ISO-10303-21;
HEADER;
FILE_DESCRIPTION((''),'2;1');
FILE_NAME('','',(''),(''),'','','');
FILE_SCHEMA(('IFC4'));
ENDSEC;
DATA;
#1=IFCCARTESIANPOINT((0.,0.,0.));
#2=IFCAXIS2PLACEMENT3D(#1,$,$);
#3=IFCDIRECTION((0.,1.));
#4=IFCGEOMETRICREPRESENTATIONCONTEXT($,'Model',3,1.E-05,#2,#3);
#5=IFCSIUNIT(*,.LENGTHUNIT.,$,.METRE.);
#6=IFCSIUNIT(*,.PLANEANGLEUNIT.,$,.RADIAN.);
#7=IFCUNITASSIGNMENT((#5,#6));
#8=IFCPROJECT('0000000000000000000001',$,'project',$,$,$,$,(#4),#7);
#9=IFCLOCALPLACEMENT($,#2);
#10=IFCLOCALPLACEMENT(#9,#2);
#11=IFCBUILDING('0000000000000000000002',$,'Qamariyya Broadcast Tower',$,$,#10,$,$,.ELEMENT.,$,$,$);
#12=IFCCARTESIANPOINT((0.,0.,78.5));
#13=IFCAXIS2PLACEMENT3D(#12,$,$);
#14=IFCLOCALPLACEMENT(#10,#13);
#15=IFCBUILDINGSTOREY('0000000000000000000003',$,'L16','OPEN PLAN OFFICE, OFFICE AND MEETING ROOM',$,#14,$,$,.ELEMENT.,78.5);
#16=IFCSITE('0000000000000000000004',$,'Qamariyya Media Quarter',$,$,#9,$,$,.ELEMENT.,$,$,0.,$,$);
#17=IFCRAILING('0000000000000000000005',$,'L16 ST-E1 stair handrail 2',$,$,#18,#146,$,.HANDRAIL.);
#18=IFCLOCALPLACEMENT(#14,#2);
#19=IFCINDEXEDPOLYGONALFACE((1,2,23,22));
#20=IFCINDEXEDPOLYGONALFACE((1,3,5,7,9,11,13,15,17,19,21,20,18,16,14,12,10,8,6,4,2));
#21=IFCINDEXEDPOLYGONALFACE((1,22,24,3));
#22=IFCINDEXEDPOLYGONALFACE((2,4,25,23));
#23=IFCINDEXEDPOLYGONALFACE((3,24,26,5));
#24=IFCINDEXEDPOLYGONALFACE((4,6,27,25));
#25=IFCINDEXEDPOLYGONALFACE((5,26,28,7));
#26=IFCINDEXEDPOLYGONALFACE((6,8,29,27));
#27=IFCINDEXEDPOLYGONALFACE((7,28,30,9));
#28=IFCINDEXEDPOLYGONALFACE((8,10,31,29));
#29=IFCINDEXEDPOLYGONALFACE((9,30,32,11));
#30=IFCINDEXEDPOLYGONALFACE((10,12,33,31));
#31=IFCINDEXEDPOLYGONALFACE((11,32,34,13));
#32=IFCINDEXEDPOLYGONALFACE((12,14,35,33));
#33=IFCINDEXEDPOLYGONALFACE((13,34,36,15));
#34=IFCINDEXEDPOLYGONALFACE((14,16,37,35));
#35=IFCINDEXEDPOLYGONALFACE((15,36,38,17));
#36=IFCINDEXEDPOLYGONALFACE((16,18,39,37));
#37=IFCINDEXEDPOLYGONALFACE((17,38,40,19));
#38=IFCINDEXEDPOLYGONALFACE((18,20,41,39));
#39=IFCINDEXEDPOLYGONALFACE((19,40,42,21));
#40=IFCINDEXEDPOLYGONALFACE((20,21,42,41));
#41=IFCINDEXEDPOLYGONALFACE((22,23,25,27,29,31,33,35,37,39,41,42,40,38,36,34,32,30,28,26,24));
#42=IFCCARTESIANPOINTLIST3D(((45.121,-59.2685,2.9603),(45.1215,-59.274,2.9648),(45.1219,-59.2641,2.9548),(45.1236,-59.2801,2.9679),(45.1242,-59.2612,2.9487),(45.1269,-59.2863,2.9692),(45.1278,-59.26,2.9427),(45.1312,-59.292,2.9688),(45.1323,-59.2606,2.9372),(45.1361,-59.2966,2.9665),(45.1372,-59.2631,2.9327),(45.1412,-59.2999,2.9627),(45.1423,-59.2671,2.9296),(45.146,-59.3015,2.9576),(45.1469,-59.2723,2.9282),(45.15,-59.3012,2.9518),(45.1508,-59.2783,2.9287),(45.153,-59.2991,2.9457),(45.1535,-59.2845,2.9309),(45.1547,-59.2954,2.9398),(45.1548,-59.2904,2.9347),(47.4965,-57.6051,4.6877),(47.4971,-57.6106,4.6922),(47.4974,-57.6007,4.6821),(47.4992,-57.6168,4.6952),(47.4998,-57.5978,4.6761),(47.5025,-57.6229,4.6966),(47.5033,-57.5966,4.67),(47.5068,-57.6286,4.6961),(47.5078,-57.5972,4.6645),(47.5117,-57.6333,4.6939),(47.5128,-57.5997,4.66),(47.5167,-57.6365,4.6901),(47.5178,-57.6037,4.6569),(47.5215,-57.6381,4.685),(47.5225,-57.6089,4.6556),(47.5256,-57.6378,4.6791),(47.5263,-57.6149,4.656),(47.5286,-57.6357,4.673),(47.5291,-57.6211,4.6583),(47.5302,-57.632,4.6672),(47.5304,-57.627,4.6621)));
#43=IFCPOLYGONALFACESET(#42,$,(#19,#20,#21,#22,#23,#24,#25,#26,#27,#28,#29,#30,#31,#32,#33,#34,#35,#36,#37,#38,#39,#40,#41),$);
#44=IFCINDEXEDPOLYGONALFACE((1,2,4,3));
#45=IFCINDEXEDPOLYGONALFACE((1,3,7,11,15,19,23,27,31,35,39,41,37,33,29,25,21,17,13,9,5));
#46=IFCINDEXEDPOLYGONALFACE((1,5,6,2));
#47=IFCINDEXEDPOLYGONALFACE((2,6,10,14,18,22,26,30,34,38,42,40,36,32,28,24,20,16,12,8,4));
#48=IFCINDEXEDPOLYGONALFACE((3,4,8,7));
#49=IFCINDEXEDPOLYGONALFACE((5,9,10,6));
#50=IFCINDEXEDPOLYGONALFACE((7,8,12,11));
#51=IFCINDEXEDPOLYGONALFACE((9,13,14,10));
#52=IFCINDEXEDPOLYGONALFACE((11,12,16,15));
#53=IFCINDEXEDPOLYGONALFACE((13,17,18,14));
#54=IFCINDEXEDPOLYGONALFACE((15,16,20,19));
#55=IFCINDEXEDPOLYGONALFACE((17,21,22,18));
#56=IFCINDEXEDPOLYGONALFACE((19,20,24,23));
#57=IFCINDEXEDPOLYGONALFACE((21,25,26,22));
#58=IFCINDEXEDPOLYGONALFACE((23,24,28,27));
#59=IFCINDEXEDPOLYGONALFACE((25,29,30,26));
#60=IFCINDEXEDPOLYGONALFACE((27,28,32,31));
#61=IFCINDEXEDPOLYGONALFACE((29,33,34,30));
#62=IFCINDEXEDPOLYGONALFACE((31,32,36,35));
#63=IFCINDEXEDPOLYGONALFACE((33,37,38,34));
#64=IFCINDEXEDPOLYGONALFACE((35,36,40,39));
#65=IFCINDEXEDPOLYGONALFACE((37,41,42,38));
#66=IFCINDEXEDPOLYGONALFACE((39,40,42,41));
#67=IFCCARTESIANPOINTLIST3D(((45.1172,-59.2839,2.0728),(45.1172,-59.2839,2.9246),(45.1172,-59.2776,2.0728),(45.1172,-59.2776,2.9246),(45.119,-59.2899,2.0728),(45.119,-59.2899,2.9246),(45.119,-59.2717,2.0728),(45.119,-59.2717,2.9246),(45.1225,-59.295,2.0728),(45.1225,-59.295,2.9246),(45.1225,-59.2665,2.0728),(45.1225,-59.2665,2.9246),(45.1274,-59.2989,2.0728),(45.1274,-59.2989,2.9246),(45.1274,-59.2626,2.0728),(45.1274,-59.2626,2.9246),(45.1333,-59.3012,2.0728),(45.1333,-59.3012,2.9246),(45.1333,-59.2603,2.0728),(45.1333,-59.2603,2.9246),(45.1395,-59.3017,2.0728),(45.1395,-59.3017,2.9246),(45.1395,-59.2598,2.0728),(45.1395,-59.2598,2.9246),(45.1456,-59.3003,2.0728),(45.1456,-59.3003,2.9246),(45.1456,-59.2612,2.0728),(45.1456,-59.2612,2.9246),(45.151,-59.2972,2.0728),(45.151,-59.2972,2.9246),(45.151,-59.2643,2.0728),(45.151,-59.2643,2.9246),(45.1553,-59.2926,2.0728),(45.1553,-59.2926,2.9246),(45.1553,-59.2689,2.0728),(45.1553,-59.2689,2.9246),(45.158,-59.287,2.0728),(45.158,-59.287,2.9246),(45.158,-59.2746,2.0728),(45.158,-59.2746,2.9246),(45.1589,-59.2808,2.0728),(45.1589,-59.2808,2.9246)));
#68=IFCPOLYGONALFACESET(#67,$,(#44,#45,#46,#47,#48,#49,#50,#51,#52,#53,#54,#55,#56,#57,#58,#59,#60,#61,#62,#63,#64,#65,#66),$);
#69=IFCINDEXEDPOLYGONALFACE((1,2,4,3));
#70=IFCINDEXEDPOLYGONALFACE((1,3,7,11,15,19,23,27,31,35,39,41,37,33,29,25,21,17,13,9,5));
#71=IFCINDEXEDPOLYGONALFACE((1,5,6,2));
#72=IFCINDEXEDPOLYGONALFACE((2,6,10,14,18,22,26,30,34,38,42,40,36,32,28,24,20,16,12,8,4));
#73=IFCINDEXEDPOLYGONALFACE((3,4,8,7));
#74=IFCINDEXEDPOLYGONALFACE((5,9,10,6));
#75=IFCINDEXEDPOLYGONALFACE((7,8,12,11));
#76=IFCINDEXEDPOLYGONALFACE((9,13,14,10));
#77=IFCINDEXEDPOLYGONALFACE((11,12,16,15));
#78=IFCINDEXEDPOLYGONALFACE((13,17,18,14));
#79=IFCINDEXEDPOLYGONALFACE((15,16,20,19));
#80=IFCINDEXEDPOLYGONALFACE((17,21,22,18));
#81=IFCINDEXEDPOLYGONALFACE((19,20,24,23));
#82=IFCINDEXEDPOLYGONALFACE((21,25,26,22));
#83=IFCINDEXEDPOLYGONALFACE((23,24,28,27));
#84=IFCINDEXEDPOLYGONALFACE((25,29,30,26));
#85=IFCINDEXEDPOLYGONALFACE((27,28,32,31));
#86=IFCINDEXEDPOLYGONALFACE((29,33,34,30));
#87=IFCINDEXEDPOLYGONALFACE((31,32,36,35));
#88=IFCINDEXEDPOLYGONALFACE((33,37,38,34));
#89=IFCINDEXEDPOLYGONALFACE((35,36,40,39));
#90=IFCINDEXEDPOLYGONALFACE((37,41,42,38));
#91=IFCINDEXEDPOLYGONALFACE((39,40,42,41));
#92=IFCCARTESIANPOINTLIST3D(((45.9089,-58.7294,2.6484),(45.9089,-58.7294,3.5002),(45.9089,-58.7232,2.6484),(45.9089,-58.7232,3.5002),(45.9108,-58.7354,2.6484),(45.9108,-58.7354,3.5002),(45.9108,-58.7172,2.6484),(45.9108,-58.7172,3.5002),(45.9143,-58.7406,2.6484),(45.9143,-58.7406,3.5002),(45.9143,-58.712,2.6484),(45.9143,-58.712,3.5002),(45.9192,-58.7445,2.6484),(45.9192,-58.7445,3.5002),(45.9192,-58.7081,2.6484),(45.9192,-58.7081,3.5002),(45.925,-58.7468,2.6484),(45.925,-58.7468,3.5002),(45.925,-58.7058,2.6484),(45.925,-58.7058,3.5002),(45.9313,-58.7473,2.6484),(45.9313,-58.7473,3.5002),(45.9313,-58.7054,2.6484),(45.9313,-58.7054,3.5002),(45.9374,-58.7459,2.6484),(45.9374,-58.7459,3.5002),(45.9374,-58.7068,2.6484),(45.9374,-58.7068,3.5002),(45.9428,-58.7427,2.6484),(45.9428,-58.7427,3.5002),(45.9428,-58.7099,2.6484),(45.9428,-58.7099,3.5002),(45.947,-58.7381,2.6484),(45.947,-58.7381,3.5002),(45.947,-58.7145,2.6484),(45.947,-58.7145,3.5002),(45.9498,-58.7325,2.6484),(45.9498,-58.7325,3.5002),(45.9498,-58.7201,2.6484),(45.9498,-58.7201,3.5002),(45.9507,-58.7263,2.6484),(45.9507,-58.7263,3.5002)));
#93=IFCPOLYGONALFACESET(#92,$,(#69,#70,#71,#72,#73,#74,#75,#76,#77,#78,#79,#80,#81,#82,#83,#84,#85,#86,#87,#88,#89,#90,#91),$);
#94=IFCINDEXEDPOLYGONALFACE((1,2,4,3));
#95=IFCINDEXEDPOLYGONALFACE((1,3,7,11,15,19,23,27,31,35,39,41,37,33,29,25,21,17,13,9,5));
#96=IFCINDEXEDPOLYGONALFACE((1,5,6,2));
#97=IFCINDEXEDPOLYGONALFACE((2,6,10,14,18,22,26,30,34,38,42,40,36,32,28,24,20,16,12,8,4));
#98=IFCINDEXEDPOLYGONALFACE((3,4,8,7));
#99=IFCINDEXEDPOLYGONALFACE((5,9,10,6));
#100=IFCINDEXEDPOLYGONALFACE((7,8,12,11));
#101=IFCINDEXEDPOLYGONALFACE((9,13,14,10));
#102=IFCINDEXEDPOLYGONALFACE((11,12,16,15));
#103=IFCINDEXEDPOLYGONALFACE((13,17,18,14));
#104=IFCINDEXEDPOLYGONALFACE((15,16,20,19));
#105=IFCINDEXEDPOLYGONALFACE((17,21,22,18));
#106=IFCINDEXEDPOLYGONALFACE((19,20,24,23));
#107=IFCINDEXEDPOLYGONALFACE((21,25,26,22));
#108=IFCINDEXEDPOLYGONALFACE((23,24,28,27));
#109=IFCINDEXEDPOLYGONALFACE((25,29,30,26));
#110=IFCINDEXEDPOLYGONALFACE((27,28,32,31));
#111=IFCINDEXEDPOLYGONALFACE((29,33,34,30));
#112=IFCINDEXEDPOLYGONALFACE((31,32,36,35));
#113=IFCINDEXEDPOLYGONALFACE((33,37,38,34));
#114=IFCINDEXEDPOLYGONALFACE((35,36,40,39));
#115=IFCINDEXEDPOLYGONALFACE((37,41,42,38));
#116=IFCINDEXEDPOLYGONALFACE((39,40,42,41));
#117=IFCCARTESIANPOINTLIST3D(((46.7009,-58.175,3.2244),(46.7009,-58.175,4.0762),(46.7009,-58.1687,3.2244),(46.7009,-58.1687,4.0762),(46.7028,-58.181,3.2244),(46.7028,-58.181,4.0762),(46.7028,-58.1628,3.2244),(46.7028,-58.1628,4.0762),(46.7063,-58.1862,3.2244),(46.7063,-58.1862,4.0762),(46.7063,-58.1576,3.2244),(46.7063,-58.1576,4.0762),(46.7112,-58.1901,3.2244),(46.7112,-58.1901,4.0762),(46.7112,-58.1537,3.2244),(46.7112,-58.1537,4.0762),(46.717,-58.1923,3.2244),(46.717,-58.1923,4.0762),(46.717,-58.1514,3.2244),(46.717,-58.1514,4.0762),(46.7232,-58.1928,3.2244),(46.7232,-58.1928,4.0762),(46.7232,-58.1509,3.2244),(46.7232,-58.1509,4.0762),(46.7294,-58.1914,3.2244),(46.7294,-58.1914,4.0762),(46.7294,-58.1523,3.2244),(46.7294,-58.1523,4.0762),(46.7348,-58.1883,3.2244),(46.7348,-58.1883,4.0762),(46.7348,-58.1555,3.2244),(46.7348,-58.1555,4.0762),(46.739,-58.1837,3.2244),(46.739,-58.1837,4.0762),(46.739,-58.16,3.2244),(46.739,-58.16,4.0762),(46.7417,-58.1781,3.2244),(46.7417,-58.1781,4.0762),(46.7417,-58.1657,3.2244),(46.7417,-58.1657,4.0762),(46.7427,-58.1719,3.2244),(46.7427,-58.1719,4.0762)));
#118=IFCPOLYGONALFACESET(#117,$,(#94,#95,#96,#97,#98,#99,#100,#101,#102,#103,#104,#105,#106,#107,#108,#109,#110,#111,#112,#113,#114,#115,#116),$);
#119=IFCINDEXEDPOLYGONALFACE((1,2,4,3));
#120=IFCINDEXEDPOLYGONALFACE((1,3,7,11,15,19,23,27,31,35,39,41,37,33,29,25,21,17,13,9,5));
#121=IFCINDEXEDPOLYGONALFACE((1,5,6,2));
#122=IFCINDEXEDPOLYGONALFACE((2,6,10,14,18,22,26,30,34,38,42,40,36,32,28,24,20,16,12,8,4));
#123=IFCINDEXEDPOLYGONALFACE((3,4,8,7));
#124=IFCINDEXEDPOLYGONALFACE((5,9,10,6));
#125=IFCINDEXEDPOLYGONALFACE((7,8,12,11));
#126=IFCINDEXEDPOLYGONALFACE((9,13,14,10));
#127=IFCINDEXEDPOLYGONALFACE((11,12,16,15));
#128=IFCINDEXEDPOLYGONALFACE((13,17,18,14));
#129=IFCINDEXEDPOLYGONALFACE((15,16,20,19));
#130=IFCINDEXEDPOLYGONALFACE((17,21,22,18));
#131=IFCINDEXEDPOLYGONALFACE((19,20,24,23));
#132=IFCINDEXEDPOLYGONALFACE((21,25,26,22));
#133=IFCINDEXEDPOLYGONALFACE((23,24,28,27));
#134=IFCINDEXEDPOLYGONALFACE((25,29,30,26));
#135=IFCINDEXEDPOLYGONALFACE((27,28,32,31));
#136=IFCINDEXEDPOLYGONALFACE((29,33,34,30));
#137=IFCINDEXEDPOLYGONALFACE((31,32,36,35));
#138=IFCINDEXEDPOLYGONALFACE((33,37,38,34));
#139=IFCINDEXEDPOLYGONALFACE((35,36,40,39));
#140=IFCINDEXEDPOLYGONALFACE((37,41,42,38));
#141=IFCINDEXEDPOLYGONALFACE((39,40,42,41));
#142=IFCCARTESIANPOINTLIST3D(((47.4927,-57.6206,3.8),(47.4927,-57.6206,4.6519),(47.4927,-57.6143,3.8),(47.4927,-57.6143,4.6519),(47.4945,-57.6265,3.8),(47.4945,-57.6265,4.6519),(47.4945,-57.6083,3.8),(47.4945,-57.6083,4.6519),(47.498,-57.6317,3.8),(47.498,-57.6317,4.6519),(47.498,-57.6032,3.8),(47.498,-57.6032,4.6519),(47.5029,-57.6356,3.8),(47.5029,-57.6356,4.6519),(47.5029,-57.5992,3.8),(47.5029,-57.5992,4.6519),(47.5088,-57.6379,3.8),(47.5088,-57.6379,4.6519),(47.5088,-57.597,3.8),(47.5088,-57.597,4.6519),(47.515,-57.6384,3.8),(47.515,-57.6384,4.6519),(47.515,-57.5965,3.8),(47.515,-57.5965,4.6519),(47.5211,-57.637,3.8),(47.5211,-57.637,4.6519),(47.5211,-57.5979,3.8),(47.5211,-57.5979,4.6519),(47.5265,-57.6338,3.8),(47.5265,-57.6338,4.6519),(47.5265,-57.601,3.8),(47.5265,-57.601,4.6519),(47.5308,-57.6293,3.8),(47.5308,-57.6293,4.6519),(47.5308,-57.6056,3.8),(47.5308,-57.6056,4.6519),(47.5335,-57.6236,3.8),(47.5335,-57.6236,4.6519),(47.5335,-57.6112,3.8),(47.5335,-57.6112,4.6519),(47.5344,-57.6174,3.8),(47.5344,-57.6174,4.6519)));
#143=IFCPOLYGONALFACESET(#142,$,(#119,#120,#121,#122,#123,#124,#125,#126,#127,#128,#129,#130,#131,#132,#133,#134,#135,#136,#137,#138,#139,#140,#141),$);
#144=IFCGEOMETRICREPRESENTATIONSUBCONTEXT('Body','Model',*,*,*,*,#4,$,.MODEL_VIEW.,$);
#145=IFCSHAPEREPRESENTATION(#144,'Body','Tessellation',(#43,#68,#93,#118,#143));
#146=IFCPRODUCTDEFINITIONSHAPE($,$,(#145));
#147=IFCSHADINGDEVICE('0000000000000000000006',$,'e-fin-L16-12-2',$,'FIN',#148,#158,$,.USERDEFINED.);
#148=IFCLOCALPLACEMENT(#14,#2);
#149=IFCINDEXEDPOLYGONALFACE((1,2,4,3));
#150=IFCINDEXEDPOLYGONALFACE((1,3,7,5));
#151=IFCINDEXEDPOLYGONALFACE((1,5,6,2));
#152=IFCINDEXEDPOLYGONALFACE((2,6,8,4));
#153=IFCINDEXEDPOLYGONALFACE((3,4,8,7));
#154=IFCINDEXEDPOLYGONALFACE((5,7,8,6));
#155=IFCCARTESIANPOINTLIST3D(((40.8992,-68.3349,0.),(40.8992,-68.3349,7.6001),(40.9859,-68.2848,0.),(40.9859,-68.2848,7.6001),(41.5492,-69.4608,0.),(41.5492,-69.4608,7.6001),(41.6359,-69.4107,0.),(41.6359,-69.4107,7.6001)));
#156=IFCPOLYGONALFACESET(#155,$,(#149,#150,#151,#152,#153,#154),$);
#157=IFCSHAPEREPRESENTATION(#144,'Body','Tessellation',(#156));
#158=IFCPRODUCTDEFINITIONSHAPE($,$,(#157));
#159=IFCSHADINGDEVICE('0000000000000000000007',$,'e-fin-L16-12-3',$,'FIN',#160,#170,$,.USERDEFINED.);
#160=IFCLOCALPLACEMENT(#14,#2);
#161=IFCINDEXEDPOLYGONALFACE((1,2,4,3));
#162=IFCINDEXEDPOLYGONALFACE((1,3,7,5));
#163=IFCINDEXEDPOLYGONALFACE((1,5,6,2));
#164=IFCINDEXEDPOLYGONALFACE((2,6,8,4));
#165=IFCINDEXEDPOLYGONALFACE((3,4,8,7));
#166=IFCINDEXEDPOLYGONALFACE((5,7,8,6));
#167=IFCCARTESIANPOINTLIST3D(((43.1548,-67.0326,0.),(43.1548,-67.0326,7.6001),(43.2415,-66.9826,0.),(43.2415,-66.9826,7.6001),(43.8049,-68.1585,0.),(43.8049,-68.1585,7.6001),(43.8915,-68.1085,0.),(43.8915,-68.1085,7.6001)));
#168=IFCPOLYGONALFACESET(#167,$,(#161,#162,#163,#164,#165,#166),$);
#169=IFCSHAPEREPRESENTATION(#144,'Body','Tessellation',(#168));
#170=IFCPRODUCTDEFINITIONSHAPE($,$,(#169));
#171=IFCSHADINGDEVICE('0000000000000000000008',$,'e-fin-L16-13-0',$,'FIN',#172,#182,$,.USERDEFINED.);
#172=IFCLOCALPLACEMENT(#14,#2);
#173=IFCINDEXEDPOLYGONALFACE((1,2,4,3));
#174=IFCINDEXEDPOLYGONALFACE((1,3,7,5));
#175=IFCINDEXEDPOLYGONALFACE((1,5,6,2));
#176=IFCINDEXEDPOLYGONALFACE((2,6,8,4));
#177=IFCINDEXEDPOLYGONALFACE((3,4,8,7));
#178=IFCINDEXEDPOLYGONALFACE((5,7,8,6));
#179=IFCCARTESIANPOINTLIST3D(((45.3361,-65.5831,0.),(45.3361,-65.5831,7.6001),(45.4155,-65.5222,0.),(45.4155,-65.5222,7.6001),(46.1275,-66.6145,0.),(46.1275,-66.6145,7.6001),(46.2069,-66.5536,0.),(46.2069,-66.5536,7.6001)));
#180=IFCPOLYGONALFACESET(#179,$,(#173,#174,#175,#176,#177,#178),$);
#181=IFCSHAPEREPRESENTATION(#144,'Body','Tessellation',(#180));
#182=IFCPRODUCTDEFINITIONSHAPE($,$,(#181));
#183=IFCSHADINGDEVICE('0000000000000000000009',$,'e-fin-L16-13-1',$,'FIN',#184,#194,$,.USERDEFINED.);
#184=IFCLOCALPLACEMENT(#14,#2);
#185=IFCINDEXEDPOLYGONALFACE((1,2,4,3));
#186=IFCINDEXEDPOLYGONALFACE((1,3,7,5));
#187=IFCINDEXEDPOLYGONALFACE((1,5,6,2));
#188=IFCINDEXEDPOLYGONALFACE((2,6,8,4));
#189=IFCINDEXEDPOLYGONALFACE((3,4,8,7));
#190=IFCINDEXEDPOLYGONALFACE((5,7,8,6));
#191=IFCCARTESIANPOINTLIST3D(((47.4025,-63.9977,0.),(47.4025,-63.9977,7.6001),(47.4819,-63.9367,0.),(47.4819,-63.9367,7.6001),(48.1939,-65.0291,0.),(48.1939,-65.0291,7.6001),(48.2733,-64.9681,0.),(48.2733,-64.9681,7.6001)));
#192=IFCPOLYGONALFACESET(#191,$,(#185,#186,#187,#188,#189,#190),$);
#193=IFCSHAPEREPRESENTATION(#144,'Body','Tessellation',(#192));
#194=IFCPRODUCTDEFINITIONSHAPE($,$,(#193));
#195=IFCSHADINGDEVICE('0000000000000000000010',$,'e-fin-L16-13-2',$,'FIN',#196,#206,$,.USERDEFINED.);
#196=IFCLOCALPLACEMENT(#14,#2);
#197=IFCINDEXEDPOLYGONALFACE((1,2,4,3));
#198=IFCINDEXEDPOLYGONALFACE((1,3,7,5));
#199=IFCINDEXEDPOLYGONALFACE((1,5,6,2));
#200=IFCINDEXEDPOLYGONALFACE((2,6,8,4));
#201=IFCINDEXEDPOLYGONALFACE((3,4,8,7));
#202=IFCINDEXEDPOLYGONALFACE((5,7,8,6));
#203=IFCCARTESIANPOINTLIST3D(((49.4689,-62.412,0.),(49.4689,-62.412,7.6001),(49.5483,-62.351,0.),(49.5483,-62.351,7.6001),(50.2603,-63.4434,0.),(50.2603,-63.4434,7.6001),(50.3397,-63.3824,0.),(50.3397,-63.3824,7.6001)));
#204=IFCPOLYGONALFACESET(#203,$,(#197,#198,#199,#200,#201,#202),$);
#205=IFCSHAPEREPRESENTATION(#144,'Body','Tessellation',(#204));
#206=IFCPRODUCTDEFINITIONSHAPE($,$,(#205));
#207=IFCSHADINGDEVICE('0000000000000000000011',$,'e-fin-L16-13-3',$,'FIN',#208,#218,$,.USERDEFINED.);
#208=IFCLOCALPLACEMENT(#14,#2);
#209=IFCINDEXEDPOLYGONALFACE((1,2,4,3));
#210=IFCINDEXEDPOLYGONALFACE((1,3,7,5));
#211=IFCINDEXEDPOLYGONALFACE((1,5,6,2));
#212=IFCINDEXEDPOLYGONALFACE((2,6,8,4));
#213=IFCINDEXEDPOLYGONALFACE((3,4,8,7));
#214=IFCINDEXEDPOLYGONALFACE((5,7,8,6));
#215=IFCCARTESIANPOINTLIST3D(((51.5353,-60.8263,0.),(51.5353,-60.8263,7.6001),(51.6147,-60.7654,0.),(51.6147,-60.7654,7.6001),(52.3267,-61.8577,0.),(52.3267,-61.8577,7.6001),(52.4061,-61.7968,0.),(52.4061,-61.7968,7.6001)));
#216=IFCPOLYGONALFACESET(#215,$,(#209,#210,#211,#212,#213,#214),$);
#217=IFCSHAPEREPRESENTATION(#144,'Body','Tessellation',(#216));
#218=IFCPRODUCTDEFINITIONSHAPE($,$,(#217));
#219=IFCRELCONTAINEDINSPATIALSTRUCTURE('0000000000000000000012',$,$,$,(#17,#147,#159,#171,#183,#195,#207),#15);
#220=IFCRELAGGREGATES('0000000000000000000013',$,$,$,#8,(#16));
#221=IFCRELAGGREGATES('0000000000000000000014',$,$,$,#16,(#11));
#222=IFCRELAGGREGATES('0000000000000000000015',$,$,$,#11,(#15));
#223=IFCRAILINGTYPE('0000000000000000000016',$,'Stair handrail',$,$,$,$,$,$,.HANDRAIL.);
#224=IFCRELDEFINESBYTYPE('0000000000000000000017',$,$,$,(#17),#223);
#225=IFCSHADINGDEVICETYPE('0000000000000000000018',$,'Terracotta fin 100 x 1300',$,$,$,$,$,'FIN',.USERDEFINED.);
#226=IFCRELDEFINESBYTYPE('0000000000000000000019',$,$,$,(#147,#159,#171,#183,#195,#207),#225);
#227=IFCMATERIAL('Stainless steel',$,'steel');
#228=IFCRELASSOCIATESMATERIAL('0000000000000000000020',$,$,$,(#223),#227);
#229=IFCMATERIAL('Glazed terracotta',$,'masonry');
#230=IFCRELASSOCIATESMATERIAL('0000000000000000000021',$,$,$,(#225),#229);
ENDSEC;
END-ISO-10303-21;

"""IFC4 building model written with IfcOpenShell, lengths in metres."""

from ifc_helpers import new_model, si_unit, direction, frame, origin, origin_2d, place, context, subcontext, project, spatial, rectangle, circle, extrude, material, material_profile, profile_set, type_object, element, save


model = new_model("IFC4")

# Units and contexts
model_context = context("Model", 3, precision=1e-05, world=origin(), true_north=direction((0.0, 1.0)))
body_context = subcontext(model_context, "Body", "Model", "MODEL_VIEW")
ifc_project = project(units=[si_unit("LENGTHUNIT", "METRE"), si_unit("PLANEANGLEUNIT", "RADIAN")], contexts=[model_context])

# Site, building, storey
site_placement = place(None, origin())
site = spatial("IfcSite", under=ifc_project, at=site_placement, Name="Qamariyya Media Quarter", CompositionType="ELEMENT", RefElevation=0.0)
building_placement = place(site_placement, origin())
building = spatial("IfcBuilding", under=site, at=building_placement, Name="Qamariyya Broadcast Tower", CompositionType="ELEMENT")
storey_placement = place(building_placement, frame((0.0, 0.0, 78.5)))
storey = spatial("IfcBuildingStorey", under=building, at=storey_placement, Name="L16", Description="OPEN PLAN OFFICE, OFFICE AND MEETING ROOM", CompositionType="ELEMENT", Elevation=78.5)

# Railing
ifc_material_1 = material(Name="Stainless steel", Category="steel")
railing_type_1 = type_object("IfcRailingType", Name="Stair handrail", PredefinedType="HANDRAIL", material=ifc_material_1)
railing_1_placement = place(storey_placement, frame((45.1379, -59.2808, 2.0728)))
element("IfcRailing", 1, at=railing_1_placement, inside=storey, type_object=railing_type_1, Name="L16 ST-E1 stair handrail 2", PredefinedType="HANDRAIL", context=body_context, shape_type="SweptSolid", body=[
    extrude(circle(Radius=0.0239, at=origin_2d()), frame((0.0, 0.0, 0.876), z_axis=(0.70377, 0.492784, 0.511734), x_axis=(-0.573575, 0.819153, 0.0)), (0.0, 0.0, 1.0), 3.3755),
    extrude(circle(Radius=0.021, at=origin_2d()), origin(), (0.0, 0.0, 1.0), 0.8518),
    extrude(circle(Radius=0.021, at=origin_2d()), frame((0.7917, 0.5544, 0.5757)), (0.0, 0.0, 1.0), 0.8518),
    extrude(circle(Radius=0.021, at=origin_2d()), frame((1.5837, 1.1089, 1.1516)), (0.0, 0.0, 1.0), 0.8518),
    extrude(circle(Radius=0.021, at=origin_2d()), frame((2.3755, 1.6633, 1.7273)), (0.0, 0.0, 1.0), 0.8518),
])

# Shading devices
ifc_material_2 = material(Name="Glazed terracotta", Category="masonry")
ifc_material_profile_1 = material_profile(ifc_material_2, rectangle(XDim=1.3, YDim=0.1001, at=origin_2d()))
ifc_profile_set_1 = profile_set([ifc_material_profile_1], Name="Glazed terracotta")
shading_device_type_1 = type_object("IfcShadingDeviceType", Name="Terracotta fin 100 x 1300", ElementType="FIN", PredefinedType="USERDEFINED", material=ifc_profile_set_1)
for number, where, z_axis, x_axis, name in (
    (2, (41.2676, -68.8728, 0.0), (0.0, 0.0, 1.0), (0.5, -0.866025, 0.0), "e-fin-L16-12-2"),
    (3, (43.5232, -67.5706, 0.0), (0.0, 0.0, 1.0), (0.5, -0.866025, 0.0), "e-fin-L16-12-3"),
    (4, (45.7715, -66.0684, 0.0), (0.0, 0.0, 1.0), (0.608761, -0.793353, 0.0), "e-fin-L16-13-0"),
    (5, (47.8379, -64.4829, 0.0), (0.0, 0.0, 1.0), (0.608761, -0.793353, 0.0), "e-fin-L16-13-1"),
    (6, (49.9043, -62.8972, 0.0), (0.0, 0.0, 1.0), (0.608761, -0.793353, 0.0), "e-fin-L16-13-2"),
    (7, (51.9707, -61.3115, 0.0), (0.0, 0.0, 1.0), (0.608761, -0.793353, 0.0), "e-fin-L16-13-3"),
):
    element("IfcShadingDevice", number, at=place(storey_placement, frame(where, z_axis=z_axis, x_axis=x_axis)), inside=storey, type_object=shading_device_type_1, Name=name, ObjectType="FIN", PredefinedType="USERDEFINED", context=body_context, shape_type="SweptSolid", body=[
        extrude(rectangle(XDim=1.3, YDim=0.1001, at=origin_2d()), origin(), (0.0, 0.0, 1.0), 7.6001),
    ])

save(model, "model.ifc")
